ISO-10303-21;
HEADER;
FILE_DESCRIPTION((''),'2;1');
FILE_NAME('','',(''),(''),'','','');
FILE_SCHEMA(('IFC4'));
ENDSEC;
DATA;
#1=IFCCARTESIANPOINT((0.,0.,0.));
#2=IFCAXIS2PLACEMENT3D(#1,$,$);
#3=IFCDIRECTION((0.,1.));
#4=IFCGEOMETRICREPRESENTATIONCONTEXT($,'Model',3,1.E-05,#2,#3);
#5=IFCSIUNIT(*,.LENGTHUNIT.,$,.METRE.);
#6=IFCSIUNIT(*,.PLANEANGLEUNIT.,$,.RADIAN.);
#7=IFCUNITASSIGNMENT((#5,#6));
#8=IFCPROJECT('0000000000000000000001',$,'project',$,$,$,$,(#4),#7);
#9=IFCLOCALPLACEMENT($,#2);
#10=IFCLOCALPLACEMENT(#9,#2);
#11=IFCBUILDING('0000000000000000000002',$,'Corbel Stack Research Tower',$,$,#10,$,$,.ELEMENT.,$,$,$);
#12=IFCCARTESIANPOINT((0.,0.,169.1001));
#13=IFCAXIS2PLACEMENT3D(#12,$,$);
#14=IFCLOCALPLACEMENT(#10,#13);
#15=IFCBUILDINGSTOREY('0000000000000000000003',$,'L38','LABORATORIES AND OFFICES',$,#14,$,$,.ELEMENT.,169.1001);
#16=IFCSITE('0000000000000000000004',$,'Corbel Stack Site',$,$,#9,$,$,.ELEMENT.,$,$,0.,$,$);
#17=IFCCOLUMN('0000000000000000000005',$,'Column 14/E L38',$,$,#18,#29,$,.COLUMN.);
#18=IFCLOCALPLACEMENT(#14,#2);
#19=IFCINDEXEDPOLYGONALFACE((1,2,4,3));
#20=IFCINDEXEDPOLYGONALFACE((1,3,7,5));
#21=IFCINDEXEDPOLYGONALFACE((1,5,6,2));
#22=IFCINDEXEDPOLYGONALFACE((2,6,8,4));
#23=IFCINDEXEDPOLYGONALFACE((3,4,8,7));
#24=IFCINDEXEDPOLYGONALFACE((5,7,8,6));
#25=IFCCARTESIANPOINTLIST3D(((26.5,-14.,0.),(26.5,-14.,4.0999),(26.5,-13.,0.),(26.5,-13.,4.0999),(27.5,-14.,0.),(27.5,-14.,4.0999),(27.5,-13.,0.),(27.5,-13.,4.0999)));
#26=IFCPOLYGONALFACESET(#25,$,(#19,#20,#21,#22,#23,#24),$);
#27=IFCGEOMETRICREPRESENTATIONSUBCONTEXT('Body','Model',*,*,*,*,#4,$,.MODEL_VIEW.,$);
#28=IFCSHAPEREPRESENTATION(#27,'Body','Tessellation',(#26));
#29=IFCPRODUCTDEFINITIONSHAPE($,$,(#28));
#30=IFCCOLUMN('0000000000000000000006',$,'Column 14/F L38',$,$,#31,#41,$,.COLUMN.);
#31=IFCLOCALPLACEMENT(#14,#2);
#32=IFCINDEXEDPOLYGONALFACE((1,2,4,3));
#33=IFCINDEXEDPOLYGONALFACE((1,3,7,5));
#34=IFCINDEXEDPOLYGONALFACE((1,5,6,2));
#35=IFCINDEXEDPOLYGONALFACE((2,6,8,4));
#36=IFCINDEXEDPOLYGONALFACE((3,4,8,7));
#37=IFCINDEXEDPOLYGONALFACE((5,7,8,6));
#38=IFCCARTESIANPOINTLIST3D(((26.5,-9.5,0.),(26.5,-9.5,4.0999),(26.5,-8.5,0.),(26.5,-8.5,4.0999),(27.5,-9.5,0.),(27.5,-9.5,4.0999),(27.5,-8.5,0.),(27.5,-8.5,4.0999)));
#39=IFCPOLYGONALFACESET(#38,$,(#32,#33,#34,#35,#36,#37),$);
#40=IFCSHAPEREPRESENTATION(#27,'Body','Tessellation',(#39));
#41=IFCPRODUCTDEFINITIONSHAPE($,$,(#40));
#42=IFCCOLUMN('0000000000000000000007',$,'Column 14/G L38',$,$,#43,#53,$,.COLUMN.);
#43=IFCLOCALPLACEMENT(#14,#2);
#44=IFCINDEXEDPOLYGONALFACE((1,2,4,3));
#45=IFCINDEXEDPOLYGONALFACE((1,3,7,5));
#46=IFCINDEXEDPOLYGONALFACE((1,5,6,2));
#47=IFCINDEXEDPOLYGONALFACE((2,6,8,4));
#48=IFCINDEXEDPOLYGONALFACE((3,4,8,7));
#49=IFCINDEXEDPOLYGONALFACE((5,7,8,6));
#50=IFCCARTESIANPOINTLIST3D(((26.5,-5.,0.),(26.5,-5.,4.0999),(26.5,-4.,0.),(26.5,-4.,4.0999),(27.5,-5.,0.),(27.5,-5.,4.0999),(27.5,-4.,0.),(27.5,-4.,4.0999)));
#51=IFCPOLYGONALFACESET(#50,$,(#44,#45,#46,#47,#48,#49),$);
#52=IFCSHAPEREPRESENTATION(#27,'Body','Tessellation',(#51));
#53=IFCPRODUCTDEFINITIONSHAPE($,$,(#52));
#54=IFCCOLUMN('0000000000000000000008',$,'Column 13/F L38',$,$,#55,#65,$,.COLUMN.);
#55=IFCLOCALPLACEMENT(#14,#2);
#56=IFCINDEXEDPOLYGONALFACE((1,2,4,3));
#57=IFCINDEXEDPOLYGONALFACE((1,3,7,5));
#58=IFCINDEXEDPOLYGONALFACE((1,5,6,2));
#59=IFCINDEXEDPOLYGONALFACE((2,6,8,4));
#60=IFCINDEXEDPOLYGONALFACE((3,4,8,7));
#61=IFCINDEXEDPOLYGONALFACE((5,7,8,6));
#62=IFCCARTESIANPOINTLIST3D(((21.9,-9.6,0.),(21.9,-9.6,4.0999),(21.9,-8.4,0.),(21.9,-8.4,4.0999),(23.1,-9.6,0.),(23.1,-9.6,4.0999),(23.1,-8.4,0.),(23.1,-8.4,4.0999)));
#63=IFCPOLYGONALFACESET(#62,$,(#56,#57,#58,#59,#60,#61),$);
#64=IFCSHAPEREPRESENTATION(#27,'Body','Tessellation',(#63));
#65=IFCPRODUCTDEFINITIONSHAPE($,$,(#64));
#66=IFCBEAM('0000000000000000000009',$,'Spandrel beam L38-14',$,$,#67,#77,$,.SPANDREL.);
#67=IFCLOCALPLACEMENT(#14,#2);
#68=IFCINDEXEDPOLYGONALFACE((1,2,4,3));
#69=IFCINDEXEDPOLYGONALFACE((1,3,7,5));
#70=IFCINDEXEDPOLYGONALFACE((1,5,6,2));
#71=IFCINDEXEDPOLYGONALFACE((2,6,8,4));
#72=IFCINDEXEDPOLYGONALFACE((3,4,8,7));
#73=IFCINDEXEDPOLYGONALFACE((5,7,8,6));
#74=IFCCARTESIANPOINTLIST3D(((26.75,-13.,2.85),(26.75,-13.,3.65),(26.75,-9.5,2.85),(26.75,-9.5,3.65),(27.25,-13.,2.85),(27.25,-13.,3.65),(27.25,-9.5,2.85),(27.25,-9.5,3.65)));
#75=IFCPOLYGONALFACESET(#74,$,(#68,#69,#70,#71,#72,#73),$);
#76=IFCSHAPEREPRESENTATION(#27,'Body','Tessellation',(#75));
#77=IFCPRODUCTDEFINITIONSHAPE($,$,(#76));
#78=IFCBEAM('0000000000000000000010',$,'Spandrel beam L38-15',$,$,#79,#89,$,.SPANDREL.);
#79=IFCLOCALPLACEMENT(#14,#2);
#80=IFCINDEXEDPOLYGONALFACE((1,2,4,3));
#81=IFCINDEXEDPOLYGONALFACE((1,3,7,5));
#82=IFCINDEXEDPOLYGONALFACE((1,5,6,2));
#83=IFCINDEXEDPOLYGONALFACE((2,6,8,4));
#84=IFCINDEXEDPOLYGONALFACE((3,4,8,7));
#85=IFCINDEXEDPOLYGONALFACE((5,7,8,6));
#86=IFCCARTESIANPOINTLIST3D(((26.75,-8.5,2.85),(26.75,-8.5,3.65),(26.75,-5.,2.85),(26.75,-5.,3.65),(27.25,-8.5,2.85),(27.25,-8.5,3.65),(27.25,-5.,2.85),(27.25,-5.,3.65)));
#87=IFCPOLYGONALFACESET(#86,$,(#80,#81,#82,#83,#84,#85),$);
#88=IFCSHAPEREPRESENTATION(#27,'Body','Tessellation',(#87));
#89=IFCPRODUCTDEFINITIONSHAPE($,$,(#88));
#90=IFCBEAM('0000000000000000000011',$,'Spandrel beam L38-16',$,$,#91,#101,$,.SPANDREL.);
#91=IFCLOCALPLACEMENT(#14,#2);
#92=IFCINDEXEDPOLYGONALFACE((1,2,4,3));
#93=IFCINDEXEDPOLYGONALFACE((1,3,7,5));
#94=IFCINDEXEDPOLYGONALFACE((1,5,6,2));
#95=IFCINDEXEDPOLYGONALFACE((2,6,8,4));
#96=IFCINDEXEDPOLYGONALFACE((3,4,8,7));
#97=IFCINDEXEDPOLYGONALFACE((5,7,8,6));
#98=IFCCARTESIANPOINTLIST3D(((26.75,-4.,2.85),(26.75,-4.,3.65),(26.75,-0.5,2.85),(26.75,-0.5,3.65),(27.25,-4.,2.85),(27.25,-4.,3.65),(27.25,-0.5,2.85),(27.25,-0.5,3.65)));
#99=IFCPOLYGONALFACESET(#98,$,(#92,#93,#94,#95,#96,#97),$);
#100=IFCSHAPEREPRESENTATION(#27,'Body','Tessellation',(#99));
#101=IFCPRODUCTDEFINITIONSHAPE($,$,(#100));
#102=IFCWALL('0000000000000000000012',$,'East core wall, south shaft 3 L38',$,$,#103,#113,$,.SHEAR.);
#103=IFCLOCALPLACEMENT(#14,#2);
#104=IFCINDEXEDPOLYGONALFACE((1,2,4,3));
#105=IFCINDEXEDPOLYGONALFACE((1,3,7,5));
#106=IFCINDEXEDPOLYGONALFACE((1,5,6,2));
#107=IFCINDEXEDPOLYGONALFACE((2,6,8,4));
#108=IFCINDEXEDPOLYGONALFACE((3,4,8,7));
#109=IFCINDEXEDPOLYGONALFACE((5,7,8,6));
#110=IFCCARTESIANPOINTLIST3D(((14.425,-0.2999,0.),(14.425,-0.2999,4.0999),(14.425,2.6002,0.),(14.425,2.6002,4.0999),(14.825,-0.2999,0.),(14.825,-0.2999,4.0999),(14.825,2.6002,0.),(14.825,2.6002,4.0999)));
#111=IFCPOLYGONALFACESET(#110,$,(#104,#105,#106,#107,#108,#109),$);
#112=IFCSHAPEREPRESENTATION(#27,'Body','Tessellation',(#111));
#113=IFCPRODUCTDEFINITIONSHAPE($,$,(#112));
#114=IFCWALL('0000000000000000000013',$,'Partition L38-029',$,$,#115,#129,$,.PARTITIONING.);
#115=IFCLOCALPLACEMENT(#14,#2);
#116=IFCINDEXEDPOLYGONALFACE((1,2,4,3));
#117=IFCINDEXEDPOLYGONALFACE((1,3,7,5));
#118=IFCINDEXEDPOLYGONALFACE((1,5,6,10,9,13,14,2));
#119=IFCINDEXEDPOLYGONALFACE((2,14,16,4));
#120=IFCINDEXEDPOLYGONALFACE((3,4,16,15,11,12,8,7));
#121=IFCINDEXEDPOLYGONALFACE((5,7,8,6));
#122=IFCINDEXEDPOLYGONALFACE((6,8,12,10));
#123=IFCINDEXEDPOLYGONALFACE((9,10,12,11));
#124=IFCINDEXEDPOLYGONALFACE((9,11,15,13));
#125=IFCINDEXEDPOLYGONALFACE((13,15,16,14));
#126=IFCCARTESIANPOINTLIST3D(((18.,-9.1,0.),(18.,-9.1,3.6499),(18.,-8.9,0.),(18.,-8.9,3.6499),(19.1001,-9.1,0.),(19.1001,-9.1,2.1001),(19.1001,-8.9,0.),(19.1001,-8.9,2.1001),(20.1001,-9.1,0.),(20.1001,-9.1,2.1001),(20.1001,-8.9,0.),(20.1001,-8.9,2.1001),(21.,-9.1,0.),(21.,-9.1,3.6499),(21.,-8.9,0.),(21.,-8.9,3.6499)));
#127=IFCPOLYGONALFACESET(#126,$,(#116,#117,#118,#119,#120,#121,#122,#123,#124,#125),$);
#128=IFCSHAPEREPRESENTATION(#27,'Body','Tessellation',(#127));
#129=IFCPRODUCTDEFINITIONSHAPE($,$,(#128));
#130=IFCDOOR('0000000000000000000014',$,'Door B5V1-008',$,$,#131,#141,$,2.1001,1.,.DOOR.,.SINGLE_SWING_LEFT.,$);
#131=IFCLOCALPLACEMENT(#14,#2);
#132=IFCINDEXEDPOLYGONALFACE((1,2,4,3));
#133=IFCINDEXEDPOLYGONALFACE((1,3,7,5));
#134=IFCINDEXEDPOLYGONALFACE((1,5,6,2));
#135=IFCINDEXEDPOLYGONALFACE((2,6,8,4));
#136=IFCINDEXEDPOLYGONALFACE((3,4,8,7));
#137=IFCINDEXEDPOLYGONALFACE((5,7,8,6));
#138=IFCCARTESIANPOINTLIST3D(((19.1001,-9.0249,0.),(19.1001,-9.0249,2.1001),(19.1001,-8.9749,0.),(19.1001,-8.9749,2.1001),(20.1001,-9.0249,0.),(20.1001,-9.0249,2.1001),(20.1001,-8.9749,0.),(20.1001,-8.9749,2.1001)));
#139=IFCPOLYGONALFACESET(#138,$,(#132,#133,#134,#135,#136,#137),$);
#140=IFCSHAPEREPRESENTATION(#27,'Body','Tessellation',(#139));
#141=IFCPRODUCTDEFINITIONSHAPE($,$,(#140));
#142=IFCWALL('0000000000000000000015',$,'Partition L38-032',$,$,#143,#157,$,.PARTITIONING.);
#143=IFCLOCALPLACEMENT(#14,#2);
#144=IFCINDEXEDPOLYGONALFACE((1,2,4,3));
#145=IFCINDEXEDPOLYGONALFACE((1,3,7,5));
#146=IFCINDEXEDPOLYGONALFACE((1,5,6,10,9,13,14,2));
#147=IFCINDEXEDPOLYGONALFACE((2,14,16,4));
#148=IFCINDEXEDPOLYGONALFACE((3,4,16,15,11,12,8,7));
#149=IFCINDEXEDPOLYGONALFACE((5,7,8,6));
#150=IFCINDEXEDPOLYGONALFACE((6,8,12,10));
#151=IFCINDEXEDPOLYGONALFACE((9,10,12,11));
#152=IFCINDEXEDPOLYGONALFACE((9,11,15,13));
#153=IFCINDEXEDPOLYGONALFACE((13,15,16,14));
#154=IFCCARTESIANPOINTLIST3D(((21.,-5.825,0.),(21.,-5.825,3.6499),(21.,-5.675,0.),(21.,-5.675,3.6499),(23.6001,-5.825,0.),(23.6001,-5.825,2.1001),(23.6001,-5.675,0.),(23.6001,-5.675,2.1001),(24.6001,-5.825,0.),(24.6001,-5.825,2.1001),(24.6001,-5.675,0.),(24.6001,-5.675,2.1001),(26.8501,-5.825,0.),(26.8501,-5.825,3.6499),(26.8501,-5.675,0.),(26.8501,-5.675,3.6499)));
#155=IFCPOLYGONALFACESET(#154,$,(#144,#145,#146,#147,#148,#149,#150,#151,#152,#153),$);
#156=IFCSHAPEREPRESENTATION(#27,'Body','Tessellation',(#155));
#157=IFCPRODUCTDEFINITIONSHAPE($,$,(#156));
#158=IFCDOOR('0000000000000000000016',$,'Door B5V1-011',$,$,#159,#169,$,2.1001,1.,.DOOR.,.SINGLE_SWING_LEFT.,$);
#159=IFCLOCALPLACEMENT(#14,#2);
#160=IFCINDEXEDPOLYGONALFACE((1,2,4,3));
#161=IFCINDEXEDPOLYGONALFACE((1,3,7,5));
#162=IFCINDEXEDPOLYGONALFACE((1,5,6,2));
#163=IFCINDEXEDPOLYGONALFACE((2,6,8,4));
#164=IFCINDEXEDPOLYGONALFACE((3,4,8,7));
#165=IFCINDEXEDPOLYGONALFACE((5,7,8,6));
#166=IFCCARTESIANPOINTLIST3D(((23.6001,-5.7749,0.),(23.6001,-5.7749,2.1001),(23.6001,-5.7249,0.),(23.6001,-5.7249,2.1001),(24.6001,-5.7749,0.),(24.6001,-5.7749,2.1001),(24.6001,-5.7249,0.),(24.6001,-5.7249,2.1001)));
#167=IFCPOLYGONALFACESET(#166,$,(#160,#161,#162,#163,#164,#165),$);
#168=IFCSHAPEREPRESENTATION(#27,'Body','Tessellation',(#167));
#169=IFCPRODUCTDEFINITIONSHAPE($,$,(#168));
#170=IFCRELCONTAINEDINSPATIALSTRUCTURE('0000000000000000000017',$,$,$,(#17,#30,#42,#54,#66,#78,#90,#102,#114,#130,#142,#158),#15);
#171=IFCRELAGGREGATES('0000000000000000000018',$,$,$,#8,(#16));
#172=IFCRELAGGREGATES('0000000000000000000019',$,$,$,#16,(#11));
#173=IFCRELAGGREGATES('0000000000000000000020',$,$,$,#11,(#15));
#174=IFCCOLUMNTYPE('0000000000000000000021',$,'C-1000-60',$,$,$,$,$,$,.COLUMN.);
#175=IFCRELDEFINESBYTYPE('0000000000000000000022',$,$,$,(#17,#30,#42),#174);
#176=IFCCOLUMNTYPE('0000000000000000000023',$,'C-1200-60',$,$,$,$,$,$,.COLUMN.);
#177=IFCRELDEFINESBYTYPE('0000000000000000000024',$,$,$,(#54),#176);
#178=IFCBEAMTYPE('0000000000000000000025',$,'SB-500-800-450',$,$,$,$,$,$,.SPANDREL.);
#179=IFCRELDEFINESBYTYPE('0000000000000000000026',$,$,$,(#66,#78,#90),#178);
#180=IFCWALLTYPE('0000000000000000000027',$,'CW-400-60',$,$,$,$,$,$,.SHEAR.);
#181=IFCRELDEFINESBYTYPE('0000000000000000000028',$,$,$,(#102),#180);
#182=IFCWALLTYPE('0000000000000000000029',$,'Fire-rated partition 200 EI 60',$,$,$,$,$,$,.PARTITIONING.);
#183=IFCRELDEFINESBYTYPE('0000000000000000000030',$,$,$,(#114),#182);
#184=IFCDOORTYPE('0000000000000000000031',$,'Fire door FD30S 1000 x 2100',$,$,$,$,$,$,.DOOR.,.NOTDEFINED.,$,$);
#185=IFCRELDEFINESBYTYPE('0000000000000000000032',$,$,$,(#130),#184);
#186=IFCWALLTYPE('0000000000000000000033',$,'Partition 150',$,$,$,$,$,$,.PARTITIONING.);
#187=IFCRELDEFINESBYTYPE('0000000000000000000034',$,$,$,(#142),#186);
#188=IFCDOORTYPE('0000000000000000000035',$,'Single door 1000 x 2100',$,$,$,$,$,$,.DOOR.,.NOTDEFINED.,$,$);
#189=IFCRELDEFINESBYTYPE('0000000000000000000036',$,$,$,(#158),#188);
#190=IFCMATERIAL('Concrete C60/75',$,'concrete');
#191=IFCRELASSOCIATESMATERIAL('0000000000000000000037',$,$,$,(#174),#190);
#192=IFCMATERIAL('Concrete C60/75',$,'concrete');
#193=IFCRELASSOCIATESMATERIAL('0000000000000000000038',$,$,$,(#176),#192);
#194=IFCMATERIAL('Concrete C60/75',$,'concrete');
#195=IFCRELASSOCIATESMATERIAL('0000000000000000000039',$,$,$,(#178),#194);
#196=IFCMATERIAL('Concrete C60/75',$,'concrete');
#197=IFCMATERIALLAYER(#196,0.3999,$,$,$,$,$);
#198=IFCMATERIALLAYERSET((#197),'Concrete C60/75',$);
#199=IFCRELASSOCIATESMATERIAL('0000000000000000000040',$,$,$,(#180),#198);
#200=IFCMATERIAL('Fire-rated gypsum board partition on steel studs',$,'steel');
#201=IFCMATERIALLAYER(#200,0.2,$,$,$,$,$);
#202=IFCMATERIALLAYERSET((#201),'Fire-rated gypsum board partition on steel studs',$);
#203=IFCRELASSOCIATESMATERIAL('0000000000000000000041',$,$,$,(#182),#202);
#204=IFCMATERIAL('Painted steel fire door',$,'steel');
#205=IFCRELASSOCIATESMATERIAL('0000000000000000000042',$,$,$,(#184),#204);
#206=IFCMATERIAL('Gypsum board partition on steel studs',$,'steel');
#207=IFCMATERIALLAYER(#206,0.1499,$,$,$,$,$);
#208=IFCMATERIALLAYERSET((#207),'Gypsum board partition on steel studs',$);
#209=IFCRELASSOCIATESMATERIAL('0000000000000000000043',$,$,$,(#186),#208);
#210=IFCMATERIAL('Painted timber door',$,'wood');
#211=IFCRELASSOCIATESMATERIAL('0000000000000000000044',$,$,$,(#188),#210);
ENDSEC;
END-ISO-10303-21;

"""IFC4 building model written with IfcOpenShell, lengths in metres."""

from ifc_helpers import new_model, si_unit, direction, frame, frame_2d, origin, origin_2d, place, context, subcontext, project, spatial, rectangle, extrude, material, layer, layer_set, material_profile, profile_set, type_object, element, fill, save


model = new_model("IFC4")

# Units and contexts
model_context = context("Model", 3, precision=1e-05, world=origin(), true_north=direction((0.0, 1.0)))
body_context = subcontext(model_context, "Body", "Model", "MODEL_VIEW")
ifc_project = project(units=[si_unit("LENGTHUNIT", "METRE"), si_unit("PLANEANGLEUNIT", "RADIAN")], contexts=[model_context])

# Site, building, storey
site_placement = place(None, origin())
site = spatial("IfcSite", under=ifc_project, at=site_placement, Name="Corbel Stack Site", CompositionType="ELEMENT", RefElevation=0.0)
building_placement = place(site_placement, origin())
building = spatial("IfcBuilding", under=site, at=building_placement, Name="Corbel Stack Research Tower", CompositionType="ELEMENT")
storey_placement = place(building_placement, frame((0.0, 0.0, 169.1001)))
storey = spatial("IfcBuildingStorey", under=building, at=storey_placement, Name="L38", Description="LABORATORIES AND OFFICES", CompositionType="ELEMENT", Elevation=169.1001)

# Columns
ifc_material_1 = material(Name="Concrete C60/75", Category="concrete")
ifc_material_profile_1 = material_profile(ifc_material_1, rectangle(XDim=1.0, YDim=1.0, at=origin_2d()), Name="RC 1000 x 1000")
ifc_profile_set_1 = profile_set([ifc_material_profile_1], Name="Concrete C60/75")
column_type_1 = type_object("IfcColumnType", Name="C-1000-60", PredefinedType="COLUMN", material=ifc_profile_set_1)
for number, where, z_axis, x_axis, name in (
    (1, (27.0, -13.5, 0.0), (0.0, 0.0, 1.0), (1.0, 0.0, 0.0), "Column 14/E L38"),
    (2, (27.0, -9.0, 0.0), (0.0, 0.0, 1.0), (1.0, 0.0, 0.0), "Column 14/F L38"),
    (3, (27.0, -4.5, 0.0), (0.0, 0.0, 1.0), (1.0, 0.0, 0.0), "Column 14/G L38"),
):
    element("IfcColumn", number, at=place(storey_placement, frame(where, z_axis=z_axis, x_axis=x_axis)), inside=storey, type_object=column_type_1, Name=name, PredefinedType="COLUMN", context=body_context, shape_type="SweptSolid", body=[
        extrude(rectangle(XDim=1.0, YDim=1.0, at=origin_2d()), origin(), (0.0, 0.0, 1.0), 4.0999),
    ])
ifc_material_2 = material(Name="Concrete C60/75", Category="concrete")
ifc_material_profile_2 = material_profile(ifc_material_2, rectangle(XDim=1.2, YDim=1.2, at=origin_2d()), Name="RC 1200 x 1200")
ifc_profile_set_2 = profile_set([ifc_material_profile_2], Name="Concrete C60/75")
column_type_2 = type_object("IfcColumnType", Name="C-1200-60", PredefinedType="COLUMN", material=ifc_profile_set_2)
column_placement = place(storey_placement, frame((22.5, -9.0, 0.0), z_axis=(0.0, 0.0, 1.0), x_axis=(1.0, 0.0, 0.0)))
element("IfcColumn", 4, at=column_placement, inside=storey, type_object=column_type_2, Name="Column 13/F L38", PredefinedType="COLUMN", context=body_context, shape_type="SweptSolid", body=[
    extrude(rectangle(XDim=1.2, YDim=1.2, at=origin_2d()), origin(), (0.0, 0.0, 1.0), 4.0999),
])

# Beams
ifc_material_3 = material(Name="Concrete C60/75", Category="concrete")
ifc_material_profile_3 = material_profile(ifc_material_3, rectangle(XDim=0.5, YDim=0.8, at=origin_2d()), Name="RC 500 x 800")
ifc_profile_set_3 = profile_set([ifc_material_profile_3], Name="Concrete C60/75")
beam_type = type_object("IfcBeamType", Name="SB-500-800-450", PredefinedType="SPANDREL", material=ifc_profile_set_3)
for number, where, z_axis, x_axis, name in (
    (5, (27.0, -13.0, 3.25), (0.0, 1.0, 0.0), (-1.0, 0.0, 0.0), "Spandrel beam L38-14"),
    (6, (27.0, -8.5, 3.25), (0.0, 1.0, 0.0), (-1.0, 0.0, 0.0), "Spandrel beam L38-15"),
    (7, (27.0, -4.0, 3.25), (0.0, 1.0, 0.0), (-1.0, 0.0, 0.0), "Spandrel beam L38-16"),
):
    element("IfcBeam", number, at=place(storey_placement, frame(where, z_axis=z_axis, x_axis=x_axis)), inside=storey, type_object=beam_type, Name=name, PredefinedType="SPANDREL", context=body_context, shape_type="SweptSolid", body=[
        extrude(rectangle(XDim=0.5, YDim=0.8, at=origin_2d()), origin(), (0.0, 0.0, 1.0), 3.5),
    ])

# Wall
ifc_material_4 = material(Name="Concrete C60/75", Category="concrete")
ifc_layer_1 = layer(ifc_material_4, 0.3999)
ifc_layer_set_1 = layer_set([ifc_layer_1], Name="Concrete C60/75")
wall_type_1 = type_object("IfcWallType", Name="CW-400-60", PredefinedType="SHEAR", material=ifc_layer_set_1)
wall_1_placement = place(storey_placement, frame((14.625, -0.3, 0.0), z_axis=(0.0, 0.0, 1.0), x_axis=(0.0, 1.0, 0.0)))
element("IfcWall", 8, at=wall_1_placement, inside=storey, type_object=wall_type_1, Name="East core wall, south shaft 3 L38", PredefinedType="SHEAR", context=body_context, shape_type="SweptSolid", body=[
    extrude(rectangle(XDim=2.9001, YDim=0.3999, at=frame_2d((1.4502, 0.0))), origin(), (0.0, 0.0, 1.0), 4.0999),
])

# Walls, openings, doors
ifc_material_5 = material(Name="Fire-rated gypsum board partition on steel studs", Category="steel")
ifc_layer_2 = layer(ifc_material_5, 0.2)
ifc_layer_set_2 = layer_set([ifc_layer_2], Name="Fire-rated gypsum board partition on steel studs")
wall_type_2 = type_object("IfcWallType", Name="Fire-rated partition 200 EI 60", PredefinedType="PARTITIONING", material=ifc_layer_set_2)
wall_2_placement = place(storey_placement, frame((21.0, -9.0, 0.0), z_axis=(0.0, 0.0, 1.0), x_axis=(-1.0, 0.0, 0.0)))
wall_2 = element("IfcWall", 9, at=wall_2_placement, inside=storey, type_object=wall_type_2, Name="Partition L38-029", PredefinedType="PARTITIONING", context=body_context, shape_type="SweptSolid", body=[
    extrude(rectangle(XDim=3.0, YDim=0.2, at=frame_2d((1.5, 0.0))), origin(), (0.0, 0.0, 1.0), 3.6499),
])
opening_1_placement = place(wall_2_placement, frame((0.8999, 0.0, 0.0)))
opening_1 = element("IfcOpeningElement", 10, at=opening_1_placement, cuts=wall_2, PredefinedType="OPENING", context=body_context, shape_type="SweptSolid", body=[
    extrude(rectangle(XDim=1.0, YDim=2.1001, at=frame_2d((0.5, 1.05))), frame((0.0, 0.1099, 0.0), z_axis=(0.0, -1.0, 0.0), x_axis=(1.0, 0.0, 0.0)), (0.0, 0.0, 1.0), 0.22),
])
ifc_material_6 = material(Name="Painted steel fire door", Category="steel")
door_type_1 = type_object("IfcDoorType", Name="Fire door FD30S 1000 x 2100", OperationType="NOTDEFINED", PredefinedType="DOOR", material=ifc_material_6)
door_1_placement = place(opening_1_placement, origin())
door_1 = element("IfcDoor", 11, at=door_1_placement, inside=storey, type_object=door_type_1, Name="Door B5V1-008", OperationType="SINGLE_SWING_LEFT", OverallHeight=2.1001, OverallWidth=1.0, PredefinedType="DOOR", context=body_context, shape_type="SweptSolid", body=[
    extrude(rectangle(XDim=1.0, YDim=2.1001, at=frame_2d((0.5, 1.05))), frame((0.0, 0.0249, 0.0), z_axis=(0.0, -1.0, 0.0), x_axis=(1.0, 0.0, 0.0)), (0.0, 0.0, 1.0), 0.05),
])
fill(opening_1, door_1)
ifc_material_7 = material(Name="Gypsum board partition on steel studs", Category="steel")
ifc_layer_3 = layer(ifc_material_7, 0.1499)
ifc_layer_set_3 = layer_set([ifc_layer_3], Name="Gypsum board partition on steel studs")
wall_type_3 = type_object("IfcWallType", Name="Partition 150", PredefinedType="PARTITIONING", material=ifc_layer_set_3)
wall_3_placement = place(storey_placement, frame((26.8501, -5.75, 0.0), z_axis=(0.0, 0.0, 1.0), x_axis=(-1.0, 0.0, 0.0)))
wall_3 = element("IfcWall", 12, at=wall_3_placement, inside=storey, type_object=wall_type_3, Name="Partition L38-032", PredefinedType="PARTITIONING", context=body_context, shape_type="SweptSolid", body=[
    extrude(rectangle(XDim=5.8501, YDim=0.1499, at=frame_2d((2.925, 0.0))), origin(), (0.0, 0.0, 1.0), 3.6499),
])
opening_2_placement = place(wall_3_placement, frame((2.25, 0.0, 0.0)))
opening_2 = element("IfcOpeningElement", 13, at=opening_2_placement, cuts=wall_3, PredefinedType="OPENING", context=body_context, shape_type="SweptSolid", body=[
    extrude(rectangle(XDim=1.0, YDim=2.1001, at=frame_2d((0.5, 1.05))), frame((0.0, 0.085, 0.0), z_axis=(0.0, -1.0, 0.0), x_axis=(1.0, 0.0, 0.0)), (0.0, 0.0, 1.0), 0.1699),
])
ifc_material_8 = material(Name="Painted timber door", Category="wood")
door_type_2 = type_object("IfcDoorType", Name="Single door 1000 x 2100", OperationType="NOTDEFINED", PredefinedType="DOOR", material=ifc_material_8)
door_2_placement = place(opening_2_placement, origin())
door_2 = element("IfcDoor", 14, at=door_2_placement, inside=storey, type_object=door_type_2, Name="Door B5V1-011", OperationType="SINGLE_SWING_LEFT", OverallHeight=2.1001, OverallWidth=1.0, PredefinedType="DOOR", context=body_context, shape_type="SweptSolid", body=[
    extrude(rectangle(XDim=1.0, YDim=2.1001, at=frame_2d((0.5, 1.05))), frame((0.0, 0.0249, 0.0), z_axis=(0.0, -1.0, 0.0), x_axis=(1.0, 0.0, 0.0)), (0.0, 0.0, 1.0), 0.05),
])
fill(opening_2, door_2)

save(model, "model.ifc")
